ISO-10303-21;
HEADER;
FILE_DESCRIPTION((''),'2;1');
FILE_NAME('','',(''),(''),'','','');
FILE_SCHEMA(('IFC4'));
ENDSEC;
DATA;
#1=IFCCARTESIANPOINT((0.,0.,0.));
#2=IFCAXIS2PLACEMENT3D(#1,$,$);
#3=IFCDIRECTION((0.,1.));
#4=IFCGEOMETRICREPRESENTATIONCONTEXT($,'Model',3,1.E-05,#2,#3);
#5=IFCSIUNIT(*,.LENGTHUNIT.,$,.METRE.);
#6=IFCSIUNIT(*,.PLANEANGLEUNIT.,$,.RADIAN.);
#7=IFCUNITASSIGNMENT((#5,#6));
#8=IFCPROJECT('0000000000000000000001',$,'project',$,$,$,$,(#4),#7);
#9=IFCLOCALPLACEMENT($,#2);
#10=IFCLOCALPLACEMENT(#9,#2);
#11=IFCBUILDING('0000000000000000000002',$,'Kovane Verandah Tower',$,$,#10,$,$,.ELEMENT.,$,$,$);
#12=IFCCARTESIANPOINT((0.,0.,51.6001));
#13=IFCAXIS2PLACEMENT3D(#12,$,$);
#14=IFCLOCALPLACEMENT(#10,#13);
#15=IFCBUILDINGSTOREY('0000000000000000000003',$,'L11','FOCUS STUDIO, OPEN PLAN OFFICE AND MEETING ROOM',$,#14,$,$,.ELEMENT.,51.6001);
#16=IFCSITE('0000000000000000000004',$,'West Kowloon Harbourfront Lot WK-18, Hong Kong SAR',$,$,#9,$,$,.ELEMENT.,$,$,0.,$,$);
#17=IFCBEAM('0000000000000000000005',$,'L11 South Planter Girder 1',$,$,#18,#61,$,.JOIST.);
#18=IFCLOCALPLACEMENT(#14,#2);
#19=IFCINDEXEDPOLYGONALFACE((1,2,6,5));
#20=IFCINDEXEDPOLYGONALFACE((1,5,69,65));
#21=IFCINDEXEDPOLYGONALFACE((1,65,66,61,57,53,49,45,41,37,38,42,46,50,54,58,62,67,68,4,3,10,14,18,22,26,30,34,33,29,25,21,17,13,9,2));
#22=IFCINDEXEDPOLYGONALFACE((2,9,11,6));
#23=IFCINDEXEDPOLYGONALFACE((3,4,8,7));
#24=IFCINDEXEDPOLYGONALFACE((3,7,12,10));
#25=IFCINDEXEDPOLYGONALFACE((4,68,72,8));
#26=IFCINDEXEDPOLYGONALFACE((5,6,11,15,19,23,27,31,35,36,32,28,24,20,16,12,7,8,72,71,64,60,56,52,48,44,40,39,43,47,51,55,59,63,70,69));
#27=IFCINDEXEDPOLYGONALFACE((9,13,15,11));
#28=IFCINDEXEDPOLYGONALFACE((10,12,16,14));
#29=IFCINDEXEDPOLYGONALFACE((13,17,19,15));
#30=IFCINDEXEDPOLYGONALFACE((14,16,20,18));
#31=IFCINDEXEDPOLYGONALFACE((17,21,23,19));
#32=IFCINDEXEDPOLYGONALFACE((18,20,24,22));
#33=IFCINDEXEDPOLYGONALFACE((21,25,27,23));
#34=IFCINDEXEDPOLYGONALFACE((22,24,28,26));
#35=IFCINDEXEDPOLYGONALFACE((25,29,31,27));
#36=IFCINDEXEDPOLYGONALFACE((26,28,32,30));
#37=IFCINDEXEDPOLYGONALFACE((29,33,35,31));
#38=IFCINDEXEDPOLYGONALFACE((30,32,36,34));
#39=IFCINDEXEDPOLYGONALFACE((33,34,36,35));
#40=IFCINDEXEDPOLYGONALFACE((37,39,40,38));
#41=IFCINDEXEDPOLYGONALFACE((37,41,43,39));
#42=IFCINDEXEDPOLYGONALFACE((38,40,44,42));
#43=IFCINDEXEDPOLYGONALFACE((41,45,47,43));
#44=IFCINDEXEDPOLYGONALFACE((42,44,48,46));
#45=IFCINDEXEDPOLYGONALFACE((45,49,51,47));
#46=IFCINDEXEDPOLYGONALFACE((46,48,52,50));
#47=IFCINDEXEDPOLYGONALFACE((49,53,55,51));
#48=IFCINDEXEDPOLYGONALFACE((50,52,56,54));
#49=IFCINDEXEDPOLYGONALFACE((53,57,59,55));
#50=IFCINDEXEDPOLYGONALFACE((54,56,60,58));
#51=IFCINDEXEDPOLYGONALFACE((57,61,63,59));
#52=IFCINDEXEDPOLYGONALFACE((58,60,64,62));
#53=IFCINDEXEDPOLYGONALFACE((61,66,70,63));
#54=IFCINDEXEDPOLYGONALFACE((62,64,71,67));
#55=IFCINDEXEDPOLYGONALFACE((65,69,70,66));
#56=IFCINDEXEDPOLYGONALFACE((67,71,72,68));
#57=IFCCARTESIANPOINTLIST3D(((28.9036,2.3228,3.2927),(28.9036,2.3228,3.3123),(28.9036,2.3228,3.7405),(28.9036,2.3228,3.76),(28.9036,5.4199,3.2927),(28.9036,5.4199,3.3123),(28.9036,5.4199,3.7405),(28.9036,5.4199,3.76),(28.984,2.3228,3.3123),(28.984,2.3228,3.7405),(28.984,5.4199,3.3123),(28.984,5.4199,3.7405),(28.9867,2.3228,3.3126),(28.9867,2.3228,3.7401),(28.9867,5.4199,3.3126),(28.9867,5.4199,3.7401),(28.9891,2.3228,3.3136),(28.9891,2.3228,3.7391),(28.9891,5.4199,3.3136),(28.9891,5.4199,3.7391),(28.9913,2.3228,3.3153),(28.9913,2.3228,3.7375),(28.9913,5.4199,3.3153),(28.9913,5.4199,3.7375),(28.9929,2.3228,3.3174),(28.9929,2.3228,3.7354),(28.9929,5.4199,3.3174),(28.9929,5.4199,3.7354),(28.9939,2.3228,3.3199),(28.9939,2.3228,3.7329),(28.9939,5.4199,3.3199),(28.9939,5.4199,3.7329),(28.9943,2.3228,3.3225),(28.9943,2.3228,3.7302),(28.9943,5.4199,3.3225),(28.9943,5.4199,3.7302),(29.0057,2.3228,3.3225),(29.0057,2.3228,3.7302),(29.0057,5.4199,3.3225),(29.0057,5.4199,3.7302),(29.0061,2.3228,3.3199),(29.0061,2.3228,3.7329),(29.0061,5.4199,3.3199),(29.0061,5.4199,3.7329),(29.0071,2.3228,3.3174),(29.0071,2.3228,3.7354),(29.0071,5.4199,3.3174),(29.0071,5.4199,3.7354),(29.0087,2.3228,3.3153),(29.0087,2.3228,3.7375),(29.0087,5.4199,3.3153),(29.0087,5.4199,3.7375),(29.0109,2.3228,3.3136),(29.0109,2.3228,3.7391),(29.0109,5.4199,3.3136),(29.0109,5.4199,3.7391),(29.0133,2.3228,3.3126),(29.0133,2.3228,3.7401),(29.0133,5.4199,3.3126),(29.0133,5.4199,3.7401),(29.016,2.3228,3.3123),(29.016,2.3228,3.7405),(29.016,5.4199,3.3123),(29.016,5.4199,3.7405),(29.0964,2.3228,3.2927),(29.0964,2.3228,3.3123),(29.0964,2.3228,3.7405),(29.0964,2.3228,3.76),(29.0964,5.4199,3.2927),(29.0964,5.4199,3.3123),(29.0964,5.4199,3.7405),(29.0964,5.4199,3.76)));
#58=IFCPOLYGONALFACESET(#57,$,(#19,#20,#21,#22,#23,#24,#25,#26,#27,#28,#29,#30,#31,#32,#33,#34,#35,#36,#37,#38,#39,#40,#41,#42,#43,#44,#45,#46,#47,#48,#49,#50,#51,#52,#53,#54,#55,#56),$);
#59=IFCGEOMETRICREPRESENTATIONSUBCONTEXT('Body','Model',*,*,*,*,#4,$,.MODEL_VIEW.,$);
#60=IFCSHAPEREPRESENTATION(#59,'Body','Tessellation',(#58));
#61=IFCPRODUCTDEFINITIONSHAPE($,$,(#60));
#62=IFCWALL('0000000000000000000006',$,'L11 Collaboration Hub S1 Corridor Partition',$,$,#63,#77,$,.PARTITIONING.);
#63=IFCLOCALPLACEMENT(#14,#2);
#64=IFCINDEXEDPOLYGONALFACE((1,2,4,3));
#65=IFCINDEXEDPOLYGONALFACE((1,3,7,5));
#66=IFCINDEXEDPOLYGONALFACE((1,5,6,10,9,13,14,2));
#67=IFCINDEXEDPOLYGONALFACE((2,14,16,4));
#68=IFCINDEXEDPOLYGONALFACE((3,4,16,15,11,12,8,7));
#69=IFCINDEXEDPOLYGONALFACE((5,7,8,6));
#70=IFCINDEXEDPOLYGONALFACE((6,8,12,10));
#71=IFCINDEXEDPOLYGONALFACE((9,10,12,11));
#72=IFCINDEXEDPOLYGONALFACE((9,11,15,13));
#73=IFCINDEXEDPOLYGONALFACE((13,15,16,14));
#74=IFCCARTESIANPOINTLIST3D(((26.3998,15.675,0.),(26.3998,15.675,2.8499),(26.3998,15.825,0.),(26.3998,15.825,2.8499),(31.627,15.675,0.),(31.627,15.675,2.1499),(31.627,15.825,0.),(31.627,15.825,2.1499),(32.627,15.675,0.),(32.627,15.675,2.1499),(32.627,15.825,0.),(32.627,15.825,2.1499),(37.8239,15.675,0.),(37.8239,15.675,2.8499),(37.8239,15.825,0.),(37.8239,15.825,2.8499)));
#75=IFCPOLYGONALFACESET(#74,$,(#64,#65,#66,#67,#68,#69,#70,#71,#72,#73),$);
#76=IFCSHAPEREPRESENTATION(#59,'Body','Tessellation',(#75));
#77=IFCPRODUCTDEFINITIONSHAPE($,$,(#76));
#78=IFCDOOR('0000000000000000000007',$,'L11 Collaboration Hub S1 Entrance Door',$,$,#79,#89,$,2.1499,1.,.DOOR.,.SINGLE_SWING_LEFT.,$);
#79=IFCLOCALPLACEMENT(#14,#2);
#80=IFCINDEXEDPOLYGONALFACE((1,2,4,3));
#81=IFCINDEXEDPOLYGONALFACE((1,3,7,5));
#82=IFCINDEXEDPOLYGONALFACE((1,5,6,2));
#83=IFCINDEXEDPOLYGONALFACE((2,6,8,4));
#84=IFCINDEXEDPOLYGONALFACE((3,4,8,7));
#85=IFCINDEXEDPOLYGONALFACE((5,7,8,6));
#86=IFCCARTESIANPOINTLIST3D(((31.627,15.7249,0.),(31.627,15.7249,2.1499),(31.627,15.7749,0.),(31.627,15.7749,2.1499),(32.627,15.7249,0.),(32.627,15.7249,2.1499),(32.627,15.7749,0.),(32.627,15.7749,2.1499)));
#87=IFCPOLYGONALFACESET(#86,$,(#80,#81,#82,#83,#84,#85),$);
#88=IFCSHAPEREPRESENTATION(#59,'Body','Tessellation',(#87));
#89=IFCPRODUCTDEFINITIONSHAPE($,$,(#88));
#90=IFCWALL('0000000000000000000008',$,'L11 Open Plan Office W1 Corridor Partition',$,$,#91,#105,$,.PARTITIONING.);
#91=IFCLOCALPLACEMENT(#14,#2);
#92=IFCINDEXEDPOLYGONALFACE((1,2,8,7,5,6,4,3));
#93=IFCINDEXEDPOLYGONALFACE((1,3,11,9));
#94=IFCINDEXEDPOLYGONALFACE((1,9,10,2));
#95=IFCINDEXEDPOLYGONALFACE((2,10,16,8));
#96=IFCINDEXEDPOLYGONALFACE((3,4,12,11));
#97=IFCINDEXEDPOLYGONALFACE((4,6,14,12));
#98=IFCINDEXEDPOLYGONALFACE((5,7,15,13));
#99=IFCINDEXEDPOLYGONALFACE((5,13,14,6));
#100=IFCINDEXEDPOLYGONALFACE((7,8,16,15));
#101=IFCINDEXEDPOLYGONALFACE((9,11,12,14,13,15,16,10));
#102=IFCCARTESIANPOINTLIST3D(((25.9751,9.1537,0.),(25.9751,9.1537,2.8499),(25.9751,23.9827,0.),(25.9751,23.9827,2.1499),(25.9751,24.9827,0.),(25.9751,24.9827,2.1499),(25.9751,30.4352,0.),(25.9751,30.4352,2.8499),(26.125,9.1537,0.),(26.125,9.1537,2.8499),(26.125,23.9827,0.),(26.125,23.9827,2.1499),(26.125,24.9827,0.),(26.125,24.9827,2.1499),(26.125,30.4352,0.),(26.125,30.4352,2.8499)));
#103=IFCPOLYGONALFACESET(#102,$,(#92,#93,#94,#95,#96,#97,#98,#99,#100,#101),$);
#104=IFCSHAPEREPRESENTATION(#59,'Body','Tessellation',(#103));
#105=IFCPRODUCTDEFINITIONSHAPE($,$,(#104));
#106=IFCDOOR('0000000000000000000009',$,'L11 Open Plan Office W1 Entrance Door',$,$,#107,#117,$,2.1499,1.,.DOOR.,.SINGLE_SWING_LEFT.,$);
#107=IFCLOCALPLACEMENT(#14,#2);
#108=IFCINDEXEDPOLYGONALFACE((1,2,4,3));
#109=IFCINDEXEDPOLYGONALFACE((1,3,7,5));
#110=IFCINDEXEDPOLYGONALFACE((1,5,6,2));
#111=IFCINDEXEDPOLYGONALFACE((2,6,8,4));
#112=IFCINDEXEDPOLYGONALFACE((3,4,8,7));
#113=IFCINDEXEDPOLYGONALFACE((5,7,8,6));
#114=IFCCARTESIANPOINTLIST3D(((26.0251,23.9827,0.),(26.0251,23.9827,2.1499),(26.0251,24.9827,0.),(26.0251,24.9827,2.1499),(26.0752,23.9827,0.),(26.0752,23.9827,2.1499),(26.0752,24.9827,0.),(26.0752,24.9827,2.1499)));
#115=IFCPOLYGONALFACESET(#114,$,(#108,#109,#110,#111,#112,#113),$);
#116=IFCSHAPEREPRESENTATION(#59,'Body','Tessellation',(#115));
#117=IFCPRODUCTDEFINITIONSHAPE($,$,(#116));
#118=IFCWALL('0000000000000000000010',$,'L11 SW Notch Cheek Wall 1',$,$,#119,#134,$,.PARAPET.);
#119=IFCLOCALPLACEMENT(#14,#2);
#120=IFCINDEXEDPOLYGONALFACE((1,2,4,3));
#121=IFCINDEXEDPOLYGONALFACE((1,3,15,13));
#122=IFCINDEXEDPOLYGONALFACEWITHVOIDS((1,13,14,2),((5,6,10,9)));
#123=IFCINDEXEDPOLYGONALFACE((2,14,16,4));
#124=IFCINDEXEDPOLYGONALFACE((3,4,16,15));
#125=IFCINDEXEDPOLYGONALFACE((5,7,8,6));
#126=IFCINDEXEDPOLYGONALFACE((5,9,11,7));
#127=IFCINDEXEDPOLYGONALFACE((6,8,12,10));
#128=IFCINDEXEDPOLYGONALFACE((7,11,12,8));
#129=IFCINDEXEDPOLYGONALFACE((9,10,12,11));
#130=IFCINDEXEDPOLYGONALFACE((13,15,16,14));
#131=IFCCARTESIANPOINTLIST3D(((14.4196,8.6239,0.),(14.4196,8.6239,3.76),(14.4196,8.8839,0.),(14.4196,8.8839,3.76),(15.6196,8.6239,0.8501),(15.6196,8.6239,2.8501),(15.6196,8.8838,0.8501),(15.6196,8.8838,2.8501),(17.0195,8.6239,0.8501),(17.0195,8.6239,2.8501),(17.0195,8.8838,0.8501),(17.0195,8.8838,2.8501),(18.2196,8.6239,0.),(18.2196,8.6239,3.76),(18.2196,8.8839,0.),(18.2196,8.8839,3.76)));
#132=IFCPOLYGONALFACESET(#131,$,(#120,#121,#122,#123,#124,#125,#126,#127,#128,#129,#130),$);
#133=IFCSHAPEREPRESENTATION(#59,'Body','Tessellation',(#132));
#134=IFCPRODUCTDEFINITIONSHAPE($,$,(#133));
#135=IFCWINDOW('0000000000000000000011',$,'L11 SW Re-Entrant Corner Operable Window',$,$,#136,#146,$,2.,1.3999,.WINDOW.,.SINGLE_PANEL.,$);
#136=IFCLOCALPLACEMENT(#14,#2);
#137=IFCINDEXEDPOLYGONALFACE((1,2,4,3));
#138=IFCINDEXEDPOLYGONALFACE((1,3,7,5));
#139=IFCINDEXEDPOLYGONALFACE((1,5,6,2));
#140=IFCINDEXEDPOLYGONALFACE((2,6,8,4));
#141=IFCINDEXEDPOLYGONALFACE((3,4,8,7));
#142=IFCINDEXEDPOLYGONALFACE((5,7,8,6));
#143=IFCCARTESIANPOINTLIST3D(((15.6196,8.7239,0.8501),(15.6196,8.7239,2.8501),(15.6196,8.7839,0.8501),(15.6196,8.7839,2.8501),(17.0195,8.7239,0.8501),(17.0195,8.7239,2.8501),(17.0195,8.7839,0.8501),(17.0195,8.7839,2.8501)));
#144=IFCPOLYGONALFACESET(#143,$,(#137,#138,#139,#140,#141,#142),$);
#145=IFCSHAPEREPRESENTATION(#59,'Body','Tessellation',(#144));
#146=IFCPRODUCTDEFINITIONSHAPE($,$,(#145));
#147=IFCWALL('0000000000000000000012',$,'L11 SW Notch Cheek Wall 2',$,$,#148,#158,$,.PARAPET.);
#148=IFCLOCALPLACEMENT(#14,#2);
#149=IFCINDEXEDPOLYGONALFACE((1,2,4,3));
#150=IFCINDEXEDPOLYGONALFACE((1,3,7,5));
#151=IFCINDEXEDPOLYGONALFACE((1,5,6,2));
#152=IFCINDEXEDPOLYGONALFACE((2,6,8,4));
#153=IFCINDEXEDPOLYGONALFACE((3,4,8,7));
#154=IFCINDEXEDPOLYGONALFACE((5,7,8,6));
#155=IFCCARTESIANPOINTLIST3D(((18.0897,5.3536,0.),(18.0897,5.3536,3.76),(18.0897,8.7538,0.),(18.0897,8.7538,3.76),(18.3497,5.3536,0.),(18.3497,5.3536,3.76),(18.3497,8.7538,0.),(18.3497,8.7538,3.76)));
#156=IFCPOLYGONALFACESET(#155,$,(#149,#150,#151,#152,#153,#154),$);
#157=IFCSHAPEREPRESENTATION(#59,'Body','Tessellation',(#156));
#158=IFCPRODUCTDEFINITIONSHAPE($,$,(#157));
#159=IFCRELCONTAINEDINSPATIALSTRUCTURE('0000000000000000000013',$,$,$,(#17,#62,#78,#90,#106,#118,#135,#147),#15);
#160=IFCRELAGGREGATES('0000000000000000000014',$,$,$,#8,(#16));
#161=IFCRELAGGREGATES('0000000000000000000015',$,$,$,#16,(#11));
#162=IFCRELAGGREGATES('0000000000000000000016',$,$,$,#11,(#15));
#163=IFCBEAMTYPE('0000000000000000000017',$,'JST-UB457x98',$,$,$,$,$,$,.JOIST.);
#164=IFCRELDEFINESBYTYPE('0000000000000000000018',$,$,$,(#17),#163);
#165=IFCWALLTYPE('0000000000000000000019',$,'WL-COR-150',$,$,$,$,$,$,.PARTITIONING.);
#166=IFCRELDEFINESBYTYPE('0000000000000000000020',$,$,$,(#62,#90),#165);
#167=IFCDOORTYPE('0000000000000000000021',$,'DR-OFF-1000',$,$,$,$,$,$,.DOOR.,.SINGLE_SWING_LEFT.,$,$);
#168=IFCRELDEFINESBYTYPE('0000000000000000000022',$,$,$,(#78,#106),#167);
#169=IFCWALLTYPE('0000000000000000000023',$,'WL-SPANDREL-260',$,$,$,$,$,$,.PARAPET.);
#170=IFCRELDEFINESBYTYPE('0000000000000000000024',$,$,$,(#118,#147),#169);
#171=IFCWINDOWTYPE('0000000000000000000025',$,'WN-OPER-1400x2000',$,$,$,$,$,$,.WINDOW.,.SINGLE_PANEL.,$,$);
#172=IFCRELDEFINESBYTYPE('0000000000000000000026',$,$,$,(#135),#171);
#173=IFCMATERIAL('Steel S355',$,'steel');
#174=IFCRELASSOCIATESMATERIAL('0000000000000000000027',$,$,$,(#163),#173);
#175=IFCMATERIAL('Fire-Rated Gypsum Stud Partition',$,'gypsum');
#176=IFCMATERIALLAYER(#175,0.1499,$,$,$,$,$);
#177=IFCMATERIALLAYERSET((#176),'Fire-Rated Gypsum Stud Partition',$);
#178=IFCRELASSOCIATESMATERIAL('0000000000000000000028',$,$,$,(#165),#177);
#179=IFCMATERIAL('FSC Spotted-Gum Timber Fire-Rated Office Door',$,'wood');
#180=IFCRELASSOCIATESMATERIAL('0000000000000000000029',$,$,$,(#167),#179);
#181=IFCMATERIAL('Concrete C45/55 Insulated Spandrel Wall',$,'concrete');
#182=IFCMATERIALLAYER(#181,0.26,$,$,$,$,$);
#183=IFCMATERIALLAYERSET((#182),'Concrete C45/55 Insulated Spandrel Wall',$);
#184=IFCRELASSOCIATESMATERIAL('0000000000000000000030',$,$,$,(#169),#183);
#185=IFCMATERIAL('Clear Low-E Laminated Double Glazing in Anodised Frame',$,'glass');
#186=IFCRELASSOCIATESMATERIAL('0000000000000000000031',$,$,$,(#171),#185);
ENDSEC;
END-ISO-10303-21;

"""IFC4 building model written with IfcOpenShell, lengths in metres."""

from ifc_helpers import new_model, si_unit, direction, frame, frame_2d, origin, origin_2d, place, context, subcontext, project, spatial, rectangle, i_section, extrude, material, layer, layer_set, material_profile, profile_set, type_object, element, fill, save


model = new_model("IFC4")

# Units and contexts
model_context = context("Model", 3, precision=1e-05, world=origin(), true_north=direction((0.0, 1.0)))
body_context = subcontext(model_context, "Body", "Model", "MODEL_VIEW")
ifc_project = project(units=[si_unit("LENGTHUNIT", "METRE"), si_unit("PLANEANGLEUNIT", "RADIAN")], contexts=[model_context])

# Site, building, storey
site_placement = place(None, origin())
site = spatial("IfcSite", under=ifc_project, at=site_placement, Name="West Kowloon Harbourfront Lot WK-18, Hong Kong SAR", CompositionType="ELEMENT", RefElevation=0.0)
building_placement = place(site_placement, origin())
building = spatial("IfcBuilding", under=site, at=building_placement, Name="Kovane Verandah Tower", CompositionType="ELEMENT")
storey_placement = place(building_placement, frame((0.0, 0.0, 51.6001)))
storey = spatial("IfcBuildingStorey", under=building, at=storey_placement, Name="L11", Description="FOCUS STUDIO, OPEN PLAN OFFICE AND MEETING ROOM", CompositionType="ELEMENT", Elevation=51.6001)

# Beam
ifc_material_1 = material(Name="Steel S355", Category="steel")
ifc_material_profile_1 = material_profile(ifc_material_1, i_section(OverallWidth=0.1929, OverallDepth=0.4673, WebThickness=0.0115, FlangeThickness=0.0195, FilletRadius=0.0103, at=origin_2d()), Name="UB457x191x98")
ifc_profile_set_1 = profile_set([ifc_material_profile_1], Name="Steel S355")
beam_type_1 = type_object("IfcBeamType", Name="JST-UB457x98", PredefinedType="JOIST", material=ifc_profile_set_1)
beam_1_placement = place(storey_placement, frame((29.0, 5.4199, 3.5264), z_axis=(0.0, -1.0, 0.0), x_axis=(1.0, 0.0, 0.0)))
element("IfcBeam", 1, at=beam_1_placement, inside=storey, type_object=beam_type_1, Name="L11 South Planter Girder 1", PredefinedType="JOIST", context=body_context, shape_type="SweptSolid", body=[
    extrude(i_section(OverallWidth=0.1929, OverallDepth=0.4673, WebThickness=0.0115, FlangeThickness=0.0195, FilletRadius=0.0103, at=origin_2d()), origin(), (0.0, 0.0, 1.0), 3.0972),
])

# Walls, openings, doors
ifc_material_2 = material(Name="Fire-Rated Gypsum Stud Partition", Category="gypsum")
ifc_layer_1 = layer(ifc_material_2, 0.1499)
ifc_layer_set_1 = layer_set([ifc_layer_1], Name="Fire-Rated Gypsum Stud Partition")
wall_type_1 = type_object("IfcWallType", Name="WL-COR-150", PredefinedType="PARTITIONING", material=ifc_layer_set_1)
wall_1_placement = place(storey_placement, frame((26.3999, 15.75, 0.0), z_axis=(0.0, 0.0, 1.0), x_axis=(1.0, 0.0, 0.0)))
wall_1 = element("IfcWall", 2, at=wall_1_placement, inside=storey, type_object=wall_type_1, Name="L11 Collaboration Hub S1 Corridor Partition", PredefinedType="PARTITIONING", context=body_context, shape_type="SweptSolid", body=[
    extrude(rectangle(XDim=11.4241, YDim=0.1499, at=frame_2d((5.7119, 0.0))), origin(), (0.0, 0.0, 1.0), 2.8499),
])
opening_1_placement = place(wall_1_placement, frame((5.2271, 0.0, 0.0)))
opening_1 = element("IfcOpeningElement", 3, at=opening_1_placement, cuts=wall_1, PredefinedType="OPENING", context=body_context, shape_type="SweptSolid", body=[
    extrude(rectangle(XDim=1.0, YDim=2.1499, at=frame_2d((0.5, 1.075))), frame((0.0, 0.075, 0.0), z_axis=(0.0, -1.0, 0.0), x_axis=(1.0, 0.0, 0.0)), (0.0, 0.0, 1.0), 0.1499),
])
ifc_material_3 = material(Name="FSC Spotted-Gum Timber Fire-Rated Office Door", Category="wood")
door_type_1 = type_object("IfcDoorType", Name="DR-OFF-1000", OperationType="SINGLE_SWING_LEFT", PredefinedType="DOOR", material=ifc_material_3)
door_1_placement = place(opening_1_placement, origin())
door_1 = element("IfcDoor", 4, at=door_1_placement, inside=storey, type_object=door_type_1, Name="L11 Collaboration Hub S1 Entrance Door", OperationType="SINGLE_SWING_LEFT", OverallHeight=2.1499, OverallWidth=1.0, PredefinedType="DOOR", context=body_context, shape_type="SweptSolid", body=[
    extrude(rectangle(XDim=1.0, YDim=2.1499, at=frame_2d((0.5, 1.075))), frame((0.0, 0.0249, 0.0), z_axis=(0.0, -1.0, 0.0), x_axis=(1.0, 0.0, 0.0)), (0.0, 0.0, 1.0), 0.05),
])
fill(opening_1, door_1)
wall_2_placement = place(storey_placement, frame((26.05, 9.1538, 0.0), z_axis=(0.0, 0.0, 1.0), x_axis=(0.0, 1.0, 0.0)))
wall_2 = element("IfcWall", 5, at=wall_2_placement, inside=storey, type_object=wall_type_1, Name="L11 Open Plan Office W1 Corridor Partition", PredefinedType="PARTITIONING", context=body_context, shape_type="SweptSolid", body=[
    extrude(rectangle(XDim=21.2815, YDim=0.1499, at=frame_2d((10.6406, 0.0))), origin(), (0.0, 0.0, 1.0), 2.8499),
])
opening_2_placement = place(wall_2_placement, frame((14.8289, 0.0, 0.0)))
opening_2 = element("IfcOpeningElement", 6, at=opening_2_placement, cuts=wall_2, PredefinedType="OPENING", context=body_context, shape_type="SweptSolid", body=[
    extrude(rectangle(XDim=1.0, YDim=2.1499, at=frame_2d((0.5, 1.075))), frame((0.0, 0.075, 0.0), z_axis=(0.0, -1.0, 0.0), x_axis=(1.0, 0.0, 0.0)), (0.0, 0.0, 1.0), 0.1499),
])
door_2_placement = place(opening_2_placement, origin())
door_2 = element("IfcDoor", 7, at=door_2_placement, inside=storey, type_object=door_type_1, Name="L11 Open Plan Office W1 Entrance Door", OperationType="SINGLE_SWING_LEFT", OverallHeight=2.1499, OverallWidth=1.0, PredefinedType="DOOR", context=body_context, shape_type="SweptSolid", body=[
    extrude(rectangle(XDim=1.0, YDim=2.1499, at=frame_2d((0.5, 1.075))), frame((0.0, 0.0249, 0.0), z_axis=(0.0, -1.0, 0.0), x_axis=(1.0, 0.0, 0.0)), (0.0, 0.0, 1.0), 0.05),
])
fill(opening_2, door_2)

# Shared definitions
ifc_material_4 = material(Name="Concrete C45/55 Insulated Spandrel Wall", Category="concrete")
ifc_layer_2 = layer(ifc_material_4, 0.26)
ifc_layer_set_2 = layer_set([ifc_layer_2], Name="Concrete C45/55 Insulated Spandrel Wall")
wall_type_2 = type_object("IfcWallType", Name="WL-SPANDREL-260", PredefinedType="PARAPET", material=ifc_layer_set_2)
ifc_material_5 = material(Name="Clear Low-E Laminated Double Glazing in Anodised Frame", Category="glass")

# Wall, opening, window
wall_3_placement = place(storey_placement, frame((14.4197, 8.7539, 0.0), z_axis=(0.0, 0.0, 1.0), x_axis=(1.0, 0.0, 0.0)))
wall_3 = element("IfcWall", 8, at=wall_3_placement, inside=storey, type_object=wall_type_2, Name="L11 SW Notch Cheek Wall 1", PredefinedType="PARAPET", context=body_context, shape_type="SweptSolid", body=[
    extrude(rectangle(XDim=3.8, YDim=0.26, at=frame_2d((1.8999, 0.0))), origin(), (0.0, 0.0, 1.0), 3.76),
])
opening_3_placement = place(wall_3_placement, frame((1.2, 0.0, 0.8501)))
opening_3 = element("IfcOpeningElement", 9, at=opening_3_placement, cuts=wall_3, PredefinedType="OPENING", context=body_context, shape_type="SweptSolid", body=[
    extrude(rectangle(XDim=1.3999, YDim=2.0, at=frame_2d((0.7, 1.0))), frame((0.0, 0.1299, 0.0), z_axis=(0.0, -1.0, 0.0), x_axis=(1.0, 0.0, 0.0)), (0.0, 0.0, 1.0), 0.26),
])
window_type_1 = type_object("IfcWindowType", Name="WN-OPER-1400x2000", PartitioningType="SINGLE_PANEL", PredefinedType="WINDOW", material=ifc_material_5)
window_1_placement = place(opening_3_placement, origin())
window_1 = element("IfcWindow", 10, at=window_1_placement, inside=storey, type_object=window_type_1, Name="L11 SW Re-Entrant Corner Operable Window", OverallHeight=2.0, OverallWidth=1.3999, PartitioningType="SINGLE_PANEL", PredefinedType="WINDOW", context=body_context, shape_type="SweptSolid", body=[
    extrude(rectangle(XDim=1.3999, YDim=2.0, at=frame_2d((0.7, 1.0))), frame((0.0, 0.03, 0.0), z_axis=(0.0, -1.0, 0.0), x_axis=(1.0, 0.0, 0.0)), (0.0, 0.0, 1.0), 0.0601),
])
fill(opening_3, window_1)

# Wall
wall_4_placement = place(storey_placement, frame((18.2197, 8.7539, 0.0), z_axis=(0.0, 0.0, 1.0), x_axis=(0.0, -1.0, 0.0)))
element("IfcWall", 11, at=wall_4_placement, inside=storey, type_object=wall_type_2, Name="L11 SW Notch Cheek Wall 2", PredefinedType="PARAPET", context=body_context, shape_type="SweptSolid", body=[
    extrude(rectangle(XDim=3.4001, YDim=0.26, at=frame_2d((1.7002, 0.0))), origin(), (0.0, 0.0, 1.0), 3.76),
])

save(model, "model.ifc")
